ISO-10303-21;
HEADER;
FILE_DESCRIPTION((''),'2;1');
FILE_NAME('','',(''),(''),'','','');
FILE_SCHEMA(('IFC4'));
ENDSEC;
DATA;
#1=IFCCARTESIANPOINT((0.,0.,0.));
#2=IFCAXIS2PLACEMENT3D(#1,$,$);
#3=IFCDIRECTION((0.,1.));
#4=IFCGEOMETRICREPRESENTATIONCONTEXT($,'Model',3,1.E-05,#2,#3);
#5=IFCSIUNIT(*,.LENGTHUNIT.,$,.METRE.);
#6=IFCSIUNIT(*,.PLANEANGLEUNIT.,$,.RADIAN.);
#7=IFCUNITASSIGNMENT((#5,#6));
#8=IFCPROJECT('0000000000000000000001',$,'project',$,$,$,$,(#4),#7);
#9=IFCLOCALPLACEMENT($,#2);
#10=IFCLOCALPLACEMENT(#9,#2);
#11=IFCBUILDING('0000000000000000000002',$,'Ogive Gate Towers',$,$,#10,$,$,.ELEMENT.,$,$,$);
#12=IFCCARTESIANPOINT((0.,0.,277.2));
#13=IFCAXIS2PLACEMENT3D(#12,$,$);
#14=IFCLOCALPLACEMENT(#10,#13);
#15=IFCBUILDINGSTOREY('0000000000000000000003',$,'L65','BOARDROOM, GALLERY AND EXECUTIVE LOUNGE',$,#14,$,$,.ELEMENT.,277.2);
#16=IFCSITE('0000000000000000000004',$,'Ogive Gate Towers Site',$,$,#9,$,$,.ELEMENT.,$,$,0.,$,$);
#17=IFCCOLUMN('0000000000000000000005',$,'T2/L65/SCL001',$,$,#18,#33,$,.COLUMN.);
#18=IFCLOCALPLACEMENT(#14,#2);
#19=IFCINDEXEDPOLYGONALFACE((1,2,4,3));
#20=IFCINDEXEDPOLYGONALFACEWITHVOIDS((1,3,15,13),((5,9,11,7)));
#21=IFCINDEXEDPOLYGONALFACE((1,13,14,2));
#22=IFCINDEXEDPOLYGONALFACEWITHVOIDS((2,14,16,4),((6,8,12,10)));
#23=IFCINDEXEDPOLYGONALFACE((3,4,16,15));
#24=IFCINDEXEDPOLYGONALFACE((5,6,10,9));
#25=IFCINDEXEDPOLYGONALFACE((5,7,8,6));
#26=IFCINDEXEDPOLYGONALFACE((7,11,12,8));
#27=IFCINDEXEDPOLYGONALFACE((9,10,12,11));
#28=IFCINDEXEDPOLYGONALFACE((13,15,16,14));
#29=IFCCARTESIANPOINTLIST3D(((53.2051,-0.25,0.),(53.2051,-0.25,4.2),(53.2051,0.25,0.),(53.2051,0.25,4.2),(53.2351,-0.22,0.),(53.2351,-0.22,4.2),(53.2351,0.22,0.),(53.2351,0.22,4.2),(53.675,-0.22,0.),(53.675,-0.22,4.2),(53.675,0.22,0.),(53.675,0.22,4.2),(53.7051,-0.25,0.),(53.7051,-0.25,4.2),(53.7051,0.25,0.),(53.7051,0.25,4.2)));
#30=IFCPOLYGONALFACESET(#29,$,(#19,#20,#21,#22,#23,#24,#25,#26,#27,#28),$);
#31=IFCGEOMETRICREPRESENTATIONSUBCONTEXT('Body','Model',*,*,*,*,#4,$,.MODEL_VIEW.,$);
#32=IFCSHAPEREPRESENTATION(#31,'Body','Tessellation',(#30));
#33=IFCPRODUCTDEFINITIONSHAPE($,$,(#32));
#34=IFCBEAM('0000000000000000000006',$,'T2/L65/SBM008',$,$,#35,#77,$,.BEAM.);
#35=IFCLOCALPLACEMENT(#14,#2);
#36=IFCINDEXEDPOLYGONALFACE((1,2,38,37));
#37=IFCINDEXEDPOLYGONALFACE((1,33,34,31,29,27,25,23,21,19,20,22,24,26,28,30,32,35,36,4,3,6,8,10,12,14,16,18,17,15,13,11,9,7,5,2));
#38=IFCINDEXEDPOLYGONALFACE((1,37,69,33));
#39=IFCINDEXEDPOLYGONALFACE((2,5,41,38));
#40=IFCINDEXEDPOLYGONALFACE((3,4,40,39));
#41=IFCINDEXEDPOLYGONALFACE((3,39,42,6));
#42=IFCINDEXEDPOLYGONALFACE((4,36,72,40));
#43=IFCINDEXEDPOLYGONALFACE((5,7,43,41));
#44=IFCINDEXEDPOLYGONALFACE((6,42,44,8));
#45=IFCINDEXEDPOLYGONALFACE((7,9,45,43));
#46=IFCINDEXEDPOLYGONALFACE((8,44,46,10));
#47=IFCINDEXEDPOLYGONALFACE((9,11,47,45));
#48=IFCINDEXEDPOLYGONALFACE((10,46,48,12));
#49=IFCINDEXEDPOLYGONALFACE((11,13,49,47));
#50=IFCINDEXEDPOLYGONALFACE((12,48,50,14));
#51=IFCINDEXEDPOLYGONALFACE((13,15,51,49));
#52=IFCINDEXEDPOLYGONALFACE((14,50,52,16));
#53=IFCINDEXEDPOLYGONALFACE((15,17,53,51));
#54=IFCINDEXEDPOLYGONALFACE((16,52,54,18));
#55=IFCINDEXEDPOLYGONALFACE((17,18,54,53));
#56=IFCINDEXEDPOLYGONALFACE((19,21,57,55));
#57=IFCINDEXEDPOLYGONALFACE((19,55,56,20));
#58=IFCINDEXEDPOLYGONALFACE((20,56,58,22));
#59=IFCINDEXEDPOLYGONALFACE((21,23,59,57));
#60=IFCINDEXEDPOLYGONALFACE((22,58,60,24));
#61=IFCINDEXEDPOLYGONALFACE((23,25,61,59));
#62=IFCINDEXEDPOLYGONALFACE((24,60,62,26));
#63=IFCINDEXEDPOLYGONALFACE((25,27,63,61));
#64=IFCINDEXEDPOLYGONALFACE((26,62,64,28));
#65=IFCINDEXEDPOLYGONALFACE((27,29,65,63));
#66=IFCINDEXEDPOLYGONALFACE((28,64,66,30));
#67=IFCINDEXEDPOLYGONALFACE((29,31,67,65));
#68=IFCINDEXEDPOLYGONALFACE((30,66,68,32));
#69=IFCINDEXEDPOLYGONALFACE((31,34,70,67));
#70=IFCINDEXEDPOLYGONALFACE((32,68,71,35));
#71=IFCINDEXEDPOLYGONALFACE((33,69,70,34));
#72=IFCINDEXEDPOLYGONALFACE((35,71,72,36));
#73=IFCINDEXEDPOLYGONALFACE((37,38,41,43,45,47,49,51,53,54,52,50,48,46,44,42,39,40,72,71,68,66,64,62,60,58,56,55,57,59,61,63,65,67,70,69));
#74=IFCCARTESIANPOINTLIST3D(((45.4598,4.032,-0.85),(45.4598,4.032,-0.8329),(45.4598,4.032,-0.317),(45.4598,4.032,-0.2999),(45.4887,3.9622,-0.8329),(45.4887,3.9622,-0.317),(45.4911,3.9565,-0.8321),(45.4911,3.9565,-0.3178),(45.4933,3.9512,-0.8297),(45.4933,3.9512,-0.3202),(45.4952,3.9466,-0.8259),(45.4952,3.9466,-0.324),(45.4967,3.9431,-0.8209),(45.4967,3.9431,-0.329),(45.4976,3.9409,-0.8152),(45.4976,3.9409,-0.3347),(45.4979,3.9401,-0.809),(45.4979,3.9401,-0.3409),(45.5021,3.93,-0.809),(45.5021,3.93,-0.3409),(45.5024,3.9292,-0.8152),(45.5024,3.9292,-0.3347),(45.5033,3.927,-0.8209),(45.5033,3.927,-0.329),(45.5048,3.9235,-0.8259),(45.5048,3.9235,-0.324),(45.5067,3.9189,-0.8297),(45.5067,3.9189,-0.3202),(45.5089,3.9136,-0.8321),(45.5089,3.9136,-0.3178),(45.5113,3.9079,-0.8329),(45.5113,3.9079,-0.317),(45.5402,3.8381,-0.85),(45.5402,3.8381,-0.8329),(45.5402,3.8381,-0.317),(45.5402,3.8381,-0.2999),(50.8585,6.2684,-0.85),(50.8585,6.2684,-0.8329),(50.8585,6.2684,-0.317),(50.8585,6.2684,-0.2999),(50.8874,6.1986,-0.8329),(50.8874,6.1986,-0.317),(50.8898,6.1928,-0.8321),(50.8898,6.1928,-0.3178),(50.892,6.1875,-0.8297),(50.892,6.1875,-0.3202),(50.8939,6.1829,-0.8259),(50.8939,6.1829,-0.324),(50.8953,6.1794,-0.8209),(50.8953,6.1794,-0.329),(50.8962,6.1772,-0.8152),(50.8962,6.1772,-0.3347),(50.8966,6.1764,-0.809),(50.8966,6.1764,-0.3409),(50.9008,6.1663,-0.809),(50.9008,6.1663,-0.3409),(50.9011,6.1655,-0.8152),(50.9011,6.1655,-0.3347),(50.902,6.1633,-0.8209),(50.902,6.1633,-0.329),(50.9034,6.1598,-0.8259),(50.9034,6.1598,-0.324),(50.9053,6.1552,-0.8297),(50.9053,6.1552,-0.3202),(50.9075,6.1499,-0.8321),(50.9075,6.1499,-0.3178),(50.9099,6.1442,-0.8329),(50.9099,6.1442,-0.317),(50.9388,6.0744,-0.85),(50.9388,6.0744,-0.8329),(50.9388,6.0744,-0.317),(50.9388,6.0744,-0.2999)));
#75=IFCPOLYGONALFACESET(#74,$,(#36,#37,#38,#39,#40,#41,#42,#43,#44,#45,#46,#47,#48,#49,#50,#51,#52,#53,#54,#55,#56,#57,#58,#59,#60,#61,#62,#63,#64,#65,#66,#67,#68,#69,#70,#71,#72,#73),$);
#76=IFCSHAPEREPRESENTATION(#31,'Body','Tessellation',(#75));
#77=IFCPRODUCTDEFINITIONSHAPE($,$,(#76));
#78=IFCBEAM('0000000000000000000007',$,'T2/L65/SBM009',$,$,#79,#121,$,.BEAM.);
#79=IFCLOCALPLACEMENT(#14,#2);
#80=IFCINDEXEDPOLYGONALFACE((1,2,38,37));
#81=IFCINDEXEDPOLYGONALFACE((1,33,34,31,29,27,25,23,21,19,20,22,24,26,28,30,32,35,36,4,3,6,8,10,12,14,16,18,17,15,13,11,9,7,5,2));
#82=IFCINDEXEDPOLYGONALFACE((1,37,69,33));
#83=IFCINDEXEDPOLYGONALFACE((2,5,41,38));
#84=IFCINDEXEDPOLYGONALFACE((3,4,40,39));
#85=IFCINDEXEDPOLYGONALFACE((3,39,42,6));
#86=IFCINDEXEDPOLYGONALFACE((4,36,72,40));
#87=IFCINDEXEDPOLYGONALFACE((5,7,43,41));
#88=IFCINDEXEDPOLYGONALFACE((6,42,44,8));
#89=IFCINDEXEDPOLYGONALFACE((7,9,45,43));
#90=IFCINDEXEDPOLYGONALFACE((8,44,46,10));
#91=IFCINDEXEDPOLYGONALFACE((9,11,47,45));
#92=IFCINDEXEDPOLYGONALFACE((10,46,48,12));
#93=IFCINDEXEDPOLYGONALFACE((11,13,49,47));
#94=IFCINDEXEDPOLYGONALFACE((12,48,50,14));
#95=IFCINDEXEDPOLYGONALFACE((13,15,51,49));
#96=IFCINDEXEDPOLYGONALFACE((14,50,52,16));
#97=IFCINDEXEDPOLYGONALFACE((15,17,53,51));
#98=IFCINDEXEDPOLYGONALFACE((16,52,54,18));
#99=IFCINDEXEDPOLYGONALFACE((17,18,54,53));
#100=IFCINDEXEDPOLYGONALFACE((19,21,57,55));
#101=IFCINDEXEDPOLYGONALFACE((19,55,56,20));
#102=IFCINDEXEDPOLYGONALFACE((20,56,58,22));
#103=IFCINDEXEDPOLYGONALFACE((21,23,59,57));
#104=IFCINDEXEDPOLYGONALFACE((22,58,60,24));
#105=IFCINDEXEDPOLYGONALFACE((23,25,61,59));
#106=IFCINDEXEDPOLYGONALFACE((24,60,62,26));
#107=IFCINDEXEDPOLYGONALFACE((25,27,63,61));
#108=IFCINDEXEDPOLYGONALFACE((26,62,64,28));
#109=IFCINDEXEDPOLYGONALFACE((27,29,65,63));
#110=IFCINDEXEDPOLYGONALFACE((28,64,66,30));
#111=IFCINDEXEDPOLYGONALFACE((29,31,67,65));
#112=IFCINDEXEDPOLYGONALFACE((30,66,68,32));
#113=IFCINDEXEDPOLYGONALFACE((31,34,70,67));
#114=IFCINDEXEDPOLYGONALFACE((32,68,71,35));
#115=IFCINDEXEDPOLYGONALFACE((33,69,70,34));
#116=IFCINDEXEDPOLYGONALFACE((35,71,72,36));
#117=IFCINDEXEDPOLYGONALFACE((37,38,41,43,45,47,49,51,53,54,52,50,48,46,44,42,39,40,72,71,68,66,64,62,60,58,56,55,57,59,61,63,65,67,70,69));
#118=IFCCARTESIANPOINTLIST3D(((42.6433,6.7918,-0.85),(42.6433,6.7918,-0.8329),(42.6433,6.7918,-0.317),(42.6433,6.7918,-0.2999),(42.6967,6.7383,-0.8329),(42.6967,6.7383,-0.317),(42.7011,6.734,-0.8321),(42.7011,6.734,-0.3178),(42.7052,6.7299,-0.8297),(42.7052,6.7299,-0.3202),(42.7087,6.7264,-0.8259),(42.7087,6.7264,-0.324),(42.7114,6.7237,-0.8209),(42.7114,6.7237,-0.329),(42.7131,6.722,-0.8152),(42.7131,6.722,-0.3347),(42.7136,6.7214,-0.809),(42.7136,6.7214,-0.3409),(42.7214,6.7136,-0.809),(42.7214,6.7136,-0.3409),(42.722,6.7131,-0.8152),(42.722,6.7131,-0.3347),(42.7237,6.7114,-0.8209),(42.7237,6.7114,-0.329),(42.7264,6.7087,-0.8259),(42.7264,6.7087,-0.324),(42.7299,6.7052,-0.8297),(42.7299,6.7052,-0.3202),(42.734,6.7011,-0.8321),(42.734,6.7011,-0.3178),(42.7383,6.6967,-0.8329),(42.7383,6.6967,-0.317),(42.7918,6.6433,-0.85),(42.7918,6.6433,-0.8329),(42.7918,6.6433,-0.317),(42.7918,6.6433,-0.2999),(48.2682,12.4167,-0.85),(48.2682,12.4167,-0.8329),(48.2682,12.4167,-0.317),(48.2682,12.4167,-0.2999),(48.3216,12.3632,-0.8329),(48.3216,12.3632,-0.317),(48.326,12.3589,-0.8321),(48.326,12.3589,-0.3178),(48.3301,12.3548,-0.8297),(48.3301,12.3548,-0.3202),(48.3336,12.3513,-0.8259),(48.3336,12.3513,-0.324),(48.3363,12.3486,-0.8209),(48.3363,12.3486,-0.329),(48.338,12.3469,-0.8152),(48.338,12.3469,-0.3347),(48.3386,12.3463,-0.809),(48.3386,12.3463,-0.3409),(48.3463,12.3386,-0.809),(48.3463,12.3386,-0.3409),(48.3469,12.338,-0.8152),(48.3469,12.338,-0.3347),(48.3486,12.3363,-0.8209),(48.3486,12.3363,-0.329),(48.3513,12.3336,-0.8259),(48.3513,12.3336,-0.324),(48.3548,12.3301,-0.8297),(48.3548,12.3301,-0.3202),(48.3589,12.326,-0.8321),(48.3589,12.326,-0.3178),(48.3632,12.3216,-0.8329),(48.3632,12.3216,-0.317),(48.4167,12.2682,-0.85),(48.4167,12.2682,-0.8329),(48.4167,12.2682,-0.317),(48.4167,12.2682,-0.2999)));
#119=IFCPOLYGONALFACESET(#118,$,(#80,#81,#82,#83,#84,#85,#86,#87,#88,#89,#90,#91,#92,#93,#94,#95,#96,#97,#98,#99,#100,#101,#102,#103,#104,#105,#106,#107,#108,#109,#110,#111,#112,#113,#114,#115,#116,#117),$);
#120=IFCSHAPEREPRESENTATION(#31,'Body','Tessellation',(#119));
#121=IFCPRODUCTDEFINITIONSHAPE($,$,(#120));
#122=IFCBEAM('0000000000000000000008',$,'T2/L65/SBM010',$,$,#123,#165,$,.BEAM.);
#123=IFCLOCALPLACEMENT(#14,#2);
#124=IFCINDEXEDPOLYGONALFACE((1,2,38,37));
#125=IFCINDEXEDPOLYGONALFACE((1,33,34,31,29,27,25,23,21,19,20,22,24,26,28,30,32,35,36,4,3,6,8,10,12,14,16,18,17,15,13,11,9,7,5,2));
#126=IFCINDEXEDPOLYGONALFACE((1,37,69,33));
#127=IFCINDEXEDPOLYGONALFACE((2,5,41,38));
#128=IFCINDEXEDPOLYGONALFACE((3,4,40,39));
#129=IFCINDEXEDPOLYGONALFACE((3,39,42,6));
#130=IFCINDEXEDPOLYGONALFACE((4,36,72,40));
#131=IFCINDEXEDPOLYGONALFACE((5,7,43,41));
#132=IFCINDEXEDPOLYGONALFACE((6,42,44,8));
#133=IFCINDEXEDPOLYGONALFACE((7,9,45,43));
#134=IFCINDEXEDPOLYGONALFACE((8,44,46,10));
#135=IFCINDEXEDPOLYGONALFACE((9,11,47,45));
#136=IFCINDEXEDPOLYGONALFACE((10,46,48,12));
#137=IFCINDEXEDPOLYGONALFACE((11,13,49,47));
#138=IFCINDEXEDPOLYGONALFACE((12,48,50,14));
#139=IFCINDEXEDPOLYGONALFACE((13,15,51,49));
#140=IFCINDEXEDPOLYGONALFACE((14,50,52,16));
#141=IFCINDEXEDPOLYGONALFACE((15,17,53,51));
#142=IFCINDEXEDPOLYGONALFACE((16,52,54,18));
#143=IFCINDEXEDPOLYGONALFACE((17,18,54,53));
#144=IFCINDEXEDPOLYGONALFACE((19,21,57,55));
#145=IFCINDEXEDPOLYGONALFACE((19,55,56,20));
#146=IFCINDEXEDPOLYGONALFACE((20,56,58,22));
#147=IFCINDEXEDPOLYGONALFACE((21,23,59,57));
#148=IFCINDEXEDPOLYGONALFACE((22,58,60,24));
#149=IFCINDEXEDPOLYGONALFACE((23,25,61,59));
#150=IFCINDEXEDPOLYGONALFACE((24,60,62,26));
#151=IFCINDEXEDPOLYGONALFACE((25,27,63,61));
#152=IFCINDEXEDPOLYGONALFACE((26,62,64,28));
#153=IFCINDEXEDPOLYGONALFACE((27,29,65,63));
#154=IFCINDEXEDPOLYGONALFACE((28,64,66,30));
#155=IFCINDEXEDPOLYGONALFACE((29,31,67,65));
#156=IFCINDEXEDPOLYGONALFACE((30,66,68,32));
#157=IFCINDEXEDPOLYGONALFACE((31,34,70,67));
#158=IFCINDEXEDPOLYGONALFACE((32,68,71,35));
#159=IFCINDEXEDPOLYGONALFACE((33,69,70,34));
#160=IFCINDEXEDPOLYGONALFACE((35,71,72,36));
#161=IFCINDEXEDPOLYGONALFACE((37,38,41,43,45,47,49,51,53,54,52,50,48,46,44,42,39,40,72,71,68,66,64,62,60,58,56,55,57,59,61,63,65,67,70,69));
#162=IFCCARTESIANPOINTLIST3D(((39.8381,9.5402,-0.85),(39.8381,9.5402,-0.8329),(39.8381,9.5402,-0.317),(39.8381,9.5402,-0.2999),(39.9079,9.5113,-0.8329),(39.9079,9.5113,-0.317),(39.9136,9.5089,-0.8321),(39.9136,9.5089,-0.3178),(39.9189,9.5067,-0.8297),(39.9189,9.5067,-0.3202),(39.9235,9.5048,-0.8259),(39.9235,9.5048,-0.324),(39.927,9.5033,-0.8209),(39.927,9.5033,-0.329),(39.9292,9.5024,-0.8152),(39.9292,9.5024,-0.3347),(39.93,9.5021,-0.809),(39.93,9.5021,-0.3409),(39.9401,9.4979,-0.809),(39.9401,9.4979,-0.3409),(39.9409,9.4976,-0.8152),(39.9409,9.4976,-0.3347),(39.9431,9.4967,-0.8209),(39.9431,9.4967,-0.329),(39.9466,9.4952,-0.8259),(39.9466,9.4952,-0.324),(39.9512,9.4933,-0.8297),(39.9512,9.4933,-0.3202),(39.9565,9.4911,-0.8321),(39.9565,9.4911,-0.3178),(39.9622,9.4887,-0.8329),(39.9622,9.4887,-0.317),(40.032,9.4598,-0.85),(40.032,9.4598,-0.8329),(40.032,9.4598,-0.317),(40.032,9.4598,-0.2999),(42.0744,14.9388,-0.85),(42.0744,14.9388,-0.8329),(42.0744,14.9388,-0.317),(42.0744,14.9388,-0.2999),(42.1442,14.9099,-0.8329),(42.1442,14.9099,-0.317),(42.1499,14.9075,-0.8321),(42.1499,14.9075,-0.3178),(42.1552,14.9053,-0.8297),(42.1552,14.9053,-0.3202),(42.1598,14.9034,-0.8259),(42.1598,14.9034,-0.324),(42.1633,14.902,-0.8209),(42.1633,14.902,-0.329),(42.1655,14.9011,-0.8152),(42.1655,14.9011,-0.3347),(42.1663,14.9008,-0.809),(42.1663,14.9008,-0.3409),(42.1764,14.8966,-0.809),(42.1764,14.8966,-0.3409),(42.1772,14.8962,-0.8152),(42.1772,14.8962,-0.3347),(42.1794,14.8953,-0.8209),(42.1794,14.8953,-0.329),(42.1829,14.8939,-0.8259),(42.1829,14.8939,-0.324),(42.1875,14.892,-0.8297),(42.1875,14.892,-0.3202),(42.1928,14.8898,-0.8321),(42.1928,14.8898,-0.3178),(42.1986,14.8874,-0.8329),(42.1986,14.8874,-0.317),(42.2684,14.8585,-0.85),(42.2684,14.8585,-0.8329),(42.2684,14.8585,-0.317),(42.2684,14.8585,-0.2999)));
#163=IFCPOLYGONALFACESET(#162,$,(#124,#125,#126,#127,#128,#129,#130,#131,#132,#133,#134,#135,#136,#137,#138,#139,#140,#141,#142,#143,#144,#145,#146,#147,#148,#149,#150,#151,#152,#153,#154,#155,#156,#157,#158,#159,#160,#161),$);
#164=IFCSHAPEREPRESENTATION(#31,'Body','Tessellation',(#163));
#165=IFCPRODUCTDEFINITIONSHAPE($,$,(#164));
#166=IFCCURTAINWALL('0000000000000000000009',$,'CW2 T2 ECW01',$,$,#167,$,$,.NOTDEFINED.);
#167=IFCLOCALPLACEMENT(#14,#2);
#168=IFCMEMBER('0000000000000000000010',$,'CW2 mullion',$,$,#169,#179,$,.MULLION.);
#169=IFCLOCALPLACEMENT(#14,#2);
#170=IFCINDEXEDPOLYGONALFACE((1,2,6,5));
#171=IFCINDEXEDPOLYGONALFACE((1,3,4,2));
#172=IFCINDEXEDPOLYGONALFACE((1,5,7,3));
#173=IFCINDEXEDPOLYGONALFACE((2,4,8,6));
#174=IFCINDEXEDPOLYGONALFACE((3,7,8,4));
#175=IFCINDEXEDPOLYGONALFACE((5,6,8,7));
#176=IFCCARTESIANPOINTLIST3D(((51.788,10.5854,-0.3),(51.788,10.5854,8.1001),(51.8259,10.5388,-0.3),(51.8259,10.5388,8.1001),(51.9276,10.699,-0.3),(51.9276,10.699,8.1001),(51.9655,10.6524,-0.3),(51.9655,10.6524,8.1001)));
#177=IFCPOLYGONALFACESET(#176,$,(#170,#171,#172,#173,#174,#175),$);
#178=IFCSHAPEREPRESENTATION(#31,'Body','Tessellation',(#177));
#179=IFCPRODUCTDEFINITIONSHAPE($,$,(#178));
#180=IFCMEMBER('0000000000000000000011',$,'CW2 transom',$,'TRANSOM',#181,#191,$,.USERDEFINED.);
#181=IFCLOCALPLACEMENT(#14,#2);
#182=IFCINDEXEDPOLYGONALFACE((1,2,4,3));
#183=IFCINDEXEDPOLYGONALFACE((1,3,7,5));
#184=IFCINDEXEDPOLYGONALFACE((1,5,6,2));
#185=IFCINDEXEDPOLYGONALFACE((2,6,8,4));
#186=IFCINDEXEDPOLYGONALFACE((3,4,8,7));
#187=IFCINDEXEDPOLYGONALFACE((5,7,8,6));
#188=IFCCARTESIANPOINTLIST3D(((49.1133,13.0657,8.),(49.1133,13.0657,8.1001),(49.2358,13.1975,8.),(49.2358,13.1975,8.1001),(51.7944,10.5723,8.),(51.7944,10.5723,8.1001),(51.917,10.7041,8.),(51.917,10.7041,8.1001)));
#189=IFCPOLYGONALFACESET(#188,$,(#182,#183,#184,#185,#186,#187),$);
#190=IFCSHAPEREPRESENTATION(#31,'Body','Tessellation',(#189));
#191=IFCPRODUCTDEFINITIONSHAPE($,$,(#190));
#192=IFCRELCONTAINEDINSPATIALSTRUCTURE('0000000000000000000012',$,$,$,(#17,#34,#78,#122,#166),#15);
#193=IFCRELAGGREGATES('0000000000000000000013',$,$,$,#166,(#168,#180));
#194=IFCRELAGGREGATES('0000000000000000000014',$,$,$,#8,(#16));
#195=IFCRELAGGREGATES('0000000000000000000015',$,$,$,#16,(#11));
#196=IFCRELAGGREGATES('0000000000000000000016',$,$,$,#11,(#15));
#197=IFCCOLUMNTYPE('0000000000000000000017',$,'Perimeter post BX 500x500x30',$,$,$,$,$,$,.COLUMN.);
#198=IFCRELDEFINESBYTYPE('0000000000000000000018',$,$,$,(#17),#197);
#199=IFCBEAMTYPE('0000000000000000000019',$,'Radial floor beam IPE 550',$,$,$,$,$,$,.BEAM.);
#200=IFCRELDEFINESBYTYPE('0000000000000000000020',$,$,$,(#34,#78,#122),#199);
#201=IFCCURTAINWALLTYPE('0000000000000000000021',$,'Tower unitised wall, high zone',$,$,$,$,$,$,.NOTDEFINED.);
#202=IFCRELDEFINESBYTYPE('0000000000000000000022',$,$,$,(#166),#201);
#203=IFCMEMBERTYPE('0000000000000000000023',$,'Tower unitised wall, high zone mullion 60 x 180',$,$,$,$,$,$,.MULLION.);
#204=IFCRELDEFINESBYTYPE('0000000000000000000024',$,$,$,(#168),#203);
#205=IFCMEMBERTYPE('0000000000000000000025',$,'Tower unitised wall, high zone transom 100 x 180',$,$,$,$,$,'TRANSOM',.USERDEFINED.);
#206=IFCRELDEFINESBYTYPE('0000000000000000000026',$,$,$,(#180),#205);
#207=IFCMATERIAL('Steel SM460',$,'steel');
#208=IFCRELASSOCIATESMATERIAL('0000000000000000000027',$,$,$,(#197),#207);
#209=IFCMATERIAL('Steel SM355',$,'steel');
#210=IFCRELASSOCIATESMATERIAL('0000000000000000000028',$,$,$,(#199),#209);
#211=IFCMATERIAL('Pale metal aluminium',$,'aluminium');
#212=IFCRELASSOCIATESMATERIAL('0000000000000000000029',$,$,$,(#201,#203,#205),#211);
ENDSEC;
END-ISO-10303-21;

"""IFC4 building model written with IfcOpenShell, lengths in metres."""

from ifc_helpers import new_model, si_unit, direction, frame, origin, origin_2d, place, context, subcontext, project, spatial, rectangle, hollow_rectangle, i_section, extrude, material, material_profile, profile_set, type_object, element, aggregate, save


model = new_model("IFC4")

# Units and contexts
model_context = context("Model", 3, precision=1e-05, world=origin(), true_north=direction((0.0, 1.0)))
body_context = subcontext(model_context, "Body", "Model", "MODEL_VIEW")
ifc_project = project(units=[si_unit("LENGTHUNIT", "METRE"), si_unit("PLANEANGLEUNIT", "RADIAN")], contexts=[model_context])

# Site, building, storey
site_placement = place(None, origin())
site = spatial("IfcSite", under=ifc_project, at=site_placement, Name="Ogive Gate Towers Site", CompositionType="ELEMENT", RefElevation=0.0)
building_placement = place(site_placement, origin())
building = spatial("IfcBuilding", under=site, at=building_placement, Name="Ogive Gate Towers", CompositionType="ELEMENT")
storey_placement = place(building_placement, frame((0.0, 0.0, 277.2)))
storey = spatial("IfcBuildingStorey", under=building, at=storey_placement, Name="L65", Description="BOARDROOM, GALLERY AND EXECUTIVE LOUNGE", CompositionType="ELEMENT", Elevation=277.2)

# Column
ifc_material_1 = material(Name="Steel SM460", Category="steel")
ifc_material_profile_1 = material_profile(ifc_material_1, hollow_rectangle(XDim=0.5, YDim=0.5, WallThickness=0.03, at=origin_2d()), Name="BX 500x500x30")
ifc_profile_set_1 = profile_set([ifc_material_profile_1], Name="Steel SM460")
column_type = type_object("IfcColumnType", Name="Perimeter post BX 500x500x30", PredefinedType="COLUMN", material=ifc_profile_set_1)
column_placement = place(storey_placement, frame((53.4551, 0.0, 0.0), z_axis=(0.0, 0.0, 1.0), x_axis=(1.0, 0.0, 0.0)))
element("IfcColumn", 1, at=column_placement, inside=storey, type_object=column_type, Name="T2/L65/SCL001", PredefinedType="COLUMN", context=body_context, shape_type="SweptSolid", body=[
    extrude(hollow_rectangle(XDim=0.5, YDim=0.5, WallThickness=0.03, at=origin_2d()), origin(), (0.0, 0.0, 1.0), 4.2),
])

# Beams
ifc_material_2 = material(Name="Steel SM355", Category="steel")
ifc_material_profile_2 = material_profile(ifc_material_2, i_section(OverallWidth=0.21, OverallDepth=0.55, WebThickness=0.011, FlangeThickness=0.0171, FilletRadius=0.0239, at=origin_2d()), Name="IPE 550")
ifc_profile_set_2 = profile_set([ifc_material_profile_2], Name="Steel SM355")
beam_type = type_object("IfcBeamType", Name="Radial floor beam IPE 550", PredefinedType="BEAM", material=ifc_profile_set_2)
beam_1_placement = place(storey_placement, frame((45.5, 3.9351, -0.575), z_axis=(0.923872, 0.382701, 0.0), x_axis=(-0.382701, 0.923872, 0.0)))
element("IfcBeam", 2, at=beam_1_placement, inside=storey, type_object=beam_type, Name="T2/L65/SBM008", PredefinedType="BEAM", context=body_context, shape_type="SweptSolid", body=[
    extrude(i_section(OverallWidth=0.21, OverallDepth=0.55, WebThickness=0.011, FlangeThickness=0.0171, FilletRadius=0.0239, at=origin_2d()), origin(), (0.0, 0.0, 1.0), 5.8435),
])
beam_2_placement = place(storey_placement, frame((42.7175, 6.7175, -0.575), z_axis=(0.707107, 0.707107, 0.0), x_axis=(-0.707107, 0.707107, 0.0)))
element("IfcBeam", 3, at=beam_2_placement, inside=storey, type_object=beam_type, Name="T2/L65/SBM009", PredefinedType="BEAM", context=body_context, shape_type="SweptSolid", body=[
    extrude(i_section(OverallWidth=0.21, OverallDepth=0.55, WebThickness=0.011, FlangeThickness=0.0171, FilletRadius=0.0239, at=origin_2d()), origin(), (0.0, 0.0, 1.0), 7.9548),
])
beam_3_placement = place(storey_placement, frame((39.9351, 9.5, -0.575), z_axis=(0.382701, 0.923872, 0.0), x_axis=(-0.923872, 0.382701, 0.0)))
element("IfcBeam", 4, at=beam_3_placement, inside=storey, type_object=beam_type, Name="T2/L65/SBM010", PredefinedType="BEAM", context=body_context, shape_type="SweptSolid", body=[
    extrude(i_section(OverallWidth=0.21, OverallDepth=0.55, WebThickness=0.011, FlangeThickness=0.0171, FilletRadius=0.0239, at=origin_2d()), origin(), (0.0, 0.0, 1.0), 5.8435),
])

# Curtain wall, members
ifc_material_3 = material(Name="Pale metal aluminium", Category="aluminium")
curtain_wall_type = type_object("IfcCurtainWallType", Name="Tower unitised wall, high zone", PredefinedType="NOTDEFINED", material=ifc_material_3)
curtain_wall_placement = place(storey_placement, origin())
curtain_wall = element("IfcCurtainWall", 5, at=curtain_wall_placement, inside=storey, type_object=curtain_wall_type, Name="CW2 T2 ECW01", PredefinedType="NOTDEFINED")
ifc_material_profile_3 = material_profile(ifc_material_3, rectangle(XDim=0.1799, YDim=0.0601, at=origin_2d()), Name="60 x 180 aluminium box")
ifc_profile_set_3 = profile_set([ifc_material_profile_3], Name="Pale metal aluminium")
member_type_1 = type_object("IfcMemberType", Name="Tower unitised wall, high zone mullion 60 x 180", PredefinedType="MULLION", material=ifc_profile_set_3)
member_1_placement = place(storey_placement, frame((51.8767, 10.6189, -0.3), z_axis=(0.0, 0.0, 1.0), x_axis=(0.775782, 0.631001, 0.0)))
member_1 = element("IfcMember", 6, at=member_1_placement, type_object=member_type_1, Name="CW2 mullion", PredefinedType="MULLION", context=body_context, shape_type="SweptSolid", body=[
    extrude(rectangle(XDim=0.1799, YDim=0.0601, at=origin_2d()), origin(), (0.0, 0.0, 1.0), 8.4001),
])
ifc_material_profile_4 = material_profile(ifc_material_3, rectangle(XDim=0.1799, YDim=0.1001, at=origin_2d()), Name="100 x 180 aluminium box")
ifc_profile_set_4 = profile_set([ifc_material_profile_4], Name="Pale metal aluminium")
member_type_2 = type_object("IfcMemberType", Name="Tower unitised wall, high zone transom 100 x 180", ElementType="TRANSOM", PredefinedType="USERDEFINED", material=ifc_profile_set_4)
member_2_placement = place(storey_placement, frame((51.8557, 10.6382, 8.05), z_axis=(-0.73228, 0.681003, 0.0), x_axis=(-0.681003, -0.73228, 0.0)))
member_2 = element("IfcMember", 7, at=member_2_placement, type_object=member_type_2, Name="CW2 transom", ObjectType="TRANSOM", PredefinedType="USERDEFINED", context=body_context, shape_type="SweptSolid", body=[
    extrude(rectangle(XDim=0.1799, YDim=0.1001, at=origin_2d()), origin(), (0.0, 0.0, 1.0), 3.6614),
])
aggregate(curtain_wall, [member_1, member_2])

save(model, "model.ifc")
